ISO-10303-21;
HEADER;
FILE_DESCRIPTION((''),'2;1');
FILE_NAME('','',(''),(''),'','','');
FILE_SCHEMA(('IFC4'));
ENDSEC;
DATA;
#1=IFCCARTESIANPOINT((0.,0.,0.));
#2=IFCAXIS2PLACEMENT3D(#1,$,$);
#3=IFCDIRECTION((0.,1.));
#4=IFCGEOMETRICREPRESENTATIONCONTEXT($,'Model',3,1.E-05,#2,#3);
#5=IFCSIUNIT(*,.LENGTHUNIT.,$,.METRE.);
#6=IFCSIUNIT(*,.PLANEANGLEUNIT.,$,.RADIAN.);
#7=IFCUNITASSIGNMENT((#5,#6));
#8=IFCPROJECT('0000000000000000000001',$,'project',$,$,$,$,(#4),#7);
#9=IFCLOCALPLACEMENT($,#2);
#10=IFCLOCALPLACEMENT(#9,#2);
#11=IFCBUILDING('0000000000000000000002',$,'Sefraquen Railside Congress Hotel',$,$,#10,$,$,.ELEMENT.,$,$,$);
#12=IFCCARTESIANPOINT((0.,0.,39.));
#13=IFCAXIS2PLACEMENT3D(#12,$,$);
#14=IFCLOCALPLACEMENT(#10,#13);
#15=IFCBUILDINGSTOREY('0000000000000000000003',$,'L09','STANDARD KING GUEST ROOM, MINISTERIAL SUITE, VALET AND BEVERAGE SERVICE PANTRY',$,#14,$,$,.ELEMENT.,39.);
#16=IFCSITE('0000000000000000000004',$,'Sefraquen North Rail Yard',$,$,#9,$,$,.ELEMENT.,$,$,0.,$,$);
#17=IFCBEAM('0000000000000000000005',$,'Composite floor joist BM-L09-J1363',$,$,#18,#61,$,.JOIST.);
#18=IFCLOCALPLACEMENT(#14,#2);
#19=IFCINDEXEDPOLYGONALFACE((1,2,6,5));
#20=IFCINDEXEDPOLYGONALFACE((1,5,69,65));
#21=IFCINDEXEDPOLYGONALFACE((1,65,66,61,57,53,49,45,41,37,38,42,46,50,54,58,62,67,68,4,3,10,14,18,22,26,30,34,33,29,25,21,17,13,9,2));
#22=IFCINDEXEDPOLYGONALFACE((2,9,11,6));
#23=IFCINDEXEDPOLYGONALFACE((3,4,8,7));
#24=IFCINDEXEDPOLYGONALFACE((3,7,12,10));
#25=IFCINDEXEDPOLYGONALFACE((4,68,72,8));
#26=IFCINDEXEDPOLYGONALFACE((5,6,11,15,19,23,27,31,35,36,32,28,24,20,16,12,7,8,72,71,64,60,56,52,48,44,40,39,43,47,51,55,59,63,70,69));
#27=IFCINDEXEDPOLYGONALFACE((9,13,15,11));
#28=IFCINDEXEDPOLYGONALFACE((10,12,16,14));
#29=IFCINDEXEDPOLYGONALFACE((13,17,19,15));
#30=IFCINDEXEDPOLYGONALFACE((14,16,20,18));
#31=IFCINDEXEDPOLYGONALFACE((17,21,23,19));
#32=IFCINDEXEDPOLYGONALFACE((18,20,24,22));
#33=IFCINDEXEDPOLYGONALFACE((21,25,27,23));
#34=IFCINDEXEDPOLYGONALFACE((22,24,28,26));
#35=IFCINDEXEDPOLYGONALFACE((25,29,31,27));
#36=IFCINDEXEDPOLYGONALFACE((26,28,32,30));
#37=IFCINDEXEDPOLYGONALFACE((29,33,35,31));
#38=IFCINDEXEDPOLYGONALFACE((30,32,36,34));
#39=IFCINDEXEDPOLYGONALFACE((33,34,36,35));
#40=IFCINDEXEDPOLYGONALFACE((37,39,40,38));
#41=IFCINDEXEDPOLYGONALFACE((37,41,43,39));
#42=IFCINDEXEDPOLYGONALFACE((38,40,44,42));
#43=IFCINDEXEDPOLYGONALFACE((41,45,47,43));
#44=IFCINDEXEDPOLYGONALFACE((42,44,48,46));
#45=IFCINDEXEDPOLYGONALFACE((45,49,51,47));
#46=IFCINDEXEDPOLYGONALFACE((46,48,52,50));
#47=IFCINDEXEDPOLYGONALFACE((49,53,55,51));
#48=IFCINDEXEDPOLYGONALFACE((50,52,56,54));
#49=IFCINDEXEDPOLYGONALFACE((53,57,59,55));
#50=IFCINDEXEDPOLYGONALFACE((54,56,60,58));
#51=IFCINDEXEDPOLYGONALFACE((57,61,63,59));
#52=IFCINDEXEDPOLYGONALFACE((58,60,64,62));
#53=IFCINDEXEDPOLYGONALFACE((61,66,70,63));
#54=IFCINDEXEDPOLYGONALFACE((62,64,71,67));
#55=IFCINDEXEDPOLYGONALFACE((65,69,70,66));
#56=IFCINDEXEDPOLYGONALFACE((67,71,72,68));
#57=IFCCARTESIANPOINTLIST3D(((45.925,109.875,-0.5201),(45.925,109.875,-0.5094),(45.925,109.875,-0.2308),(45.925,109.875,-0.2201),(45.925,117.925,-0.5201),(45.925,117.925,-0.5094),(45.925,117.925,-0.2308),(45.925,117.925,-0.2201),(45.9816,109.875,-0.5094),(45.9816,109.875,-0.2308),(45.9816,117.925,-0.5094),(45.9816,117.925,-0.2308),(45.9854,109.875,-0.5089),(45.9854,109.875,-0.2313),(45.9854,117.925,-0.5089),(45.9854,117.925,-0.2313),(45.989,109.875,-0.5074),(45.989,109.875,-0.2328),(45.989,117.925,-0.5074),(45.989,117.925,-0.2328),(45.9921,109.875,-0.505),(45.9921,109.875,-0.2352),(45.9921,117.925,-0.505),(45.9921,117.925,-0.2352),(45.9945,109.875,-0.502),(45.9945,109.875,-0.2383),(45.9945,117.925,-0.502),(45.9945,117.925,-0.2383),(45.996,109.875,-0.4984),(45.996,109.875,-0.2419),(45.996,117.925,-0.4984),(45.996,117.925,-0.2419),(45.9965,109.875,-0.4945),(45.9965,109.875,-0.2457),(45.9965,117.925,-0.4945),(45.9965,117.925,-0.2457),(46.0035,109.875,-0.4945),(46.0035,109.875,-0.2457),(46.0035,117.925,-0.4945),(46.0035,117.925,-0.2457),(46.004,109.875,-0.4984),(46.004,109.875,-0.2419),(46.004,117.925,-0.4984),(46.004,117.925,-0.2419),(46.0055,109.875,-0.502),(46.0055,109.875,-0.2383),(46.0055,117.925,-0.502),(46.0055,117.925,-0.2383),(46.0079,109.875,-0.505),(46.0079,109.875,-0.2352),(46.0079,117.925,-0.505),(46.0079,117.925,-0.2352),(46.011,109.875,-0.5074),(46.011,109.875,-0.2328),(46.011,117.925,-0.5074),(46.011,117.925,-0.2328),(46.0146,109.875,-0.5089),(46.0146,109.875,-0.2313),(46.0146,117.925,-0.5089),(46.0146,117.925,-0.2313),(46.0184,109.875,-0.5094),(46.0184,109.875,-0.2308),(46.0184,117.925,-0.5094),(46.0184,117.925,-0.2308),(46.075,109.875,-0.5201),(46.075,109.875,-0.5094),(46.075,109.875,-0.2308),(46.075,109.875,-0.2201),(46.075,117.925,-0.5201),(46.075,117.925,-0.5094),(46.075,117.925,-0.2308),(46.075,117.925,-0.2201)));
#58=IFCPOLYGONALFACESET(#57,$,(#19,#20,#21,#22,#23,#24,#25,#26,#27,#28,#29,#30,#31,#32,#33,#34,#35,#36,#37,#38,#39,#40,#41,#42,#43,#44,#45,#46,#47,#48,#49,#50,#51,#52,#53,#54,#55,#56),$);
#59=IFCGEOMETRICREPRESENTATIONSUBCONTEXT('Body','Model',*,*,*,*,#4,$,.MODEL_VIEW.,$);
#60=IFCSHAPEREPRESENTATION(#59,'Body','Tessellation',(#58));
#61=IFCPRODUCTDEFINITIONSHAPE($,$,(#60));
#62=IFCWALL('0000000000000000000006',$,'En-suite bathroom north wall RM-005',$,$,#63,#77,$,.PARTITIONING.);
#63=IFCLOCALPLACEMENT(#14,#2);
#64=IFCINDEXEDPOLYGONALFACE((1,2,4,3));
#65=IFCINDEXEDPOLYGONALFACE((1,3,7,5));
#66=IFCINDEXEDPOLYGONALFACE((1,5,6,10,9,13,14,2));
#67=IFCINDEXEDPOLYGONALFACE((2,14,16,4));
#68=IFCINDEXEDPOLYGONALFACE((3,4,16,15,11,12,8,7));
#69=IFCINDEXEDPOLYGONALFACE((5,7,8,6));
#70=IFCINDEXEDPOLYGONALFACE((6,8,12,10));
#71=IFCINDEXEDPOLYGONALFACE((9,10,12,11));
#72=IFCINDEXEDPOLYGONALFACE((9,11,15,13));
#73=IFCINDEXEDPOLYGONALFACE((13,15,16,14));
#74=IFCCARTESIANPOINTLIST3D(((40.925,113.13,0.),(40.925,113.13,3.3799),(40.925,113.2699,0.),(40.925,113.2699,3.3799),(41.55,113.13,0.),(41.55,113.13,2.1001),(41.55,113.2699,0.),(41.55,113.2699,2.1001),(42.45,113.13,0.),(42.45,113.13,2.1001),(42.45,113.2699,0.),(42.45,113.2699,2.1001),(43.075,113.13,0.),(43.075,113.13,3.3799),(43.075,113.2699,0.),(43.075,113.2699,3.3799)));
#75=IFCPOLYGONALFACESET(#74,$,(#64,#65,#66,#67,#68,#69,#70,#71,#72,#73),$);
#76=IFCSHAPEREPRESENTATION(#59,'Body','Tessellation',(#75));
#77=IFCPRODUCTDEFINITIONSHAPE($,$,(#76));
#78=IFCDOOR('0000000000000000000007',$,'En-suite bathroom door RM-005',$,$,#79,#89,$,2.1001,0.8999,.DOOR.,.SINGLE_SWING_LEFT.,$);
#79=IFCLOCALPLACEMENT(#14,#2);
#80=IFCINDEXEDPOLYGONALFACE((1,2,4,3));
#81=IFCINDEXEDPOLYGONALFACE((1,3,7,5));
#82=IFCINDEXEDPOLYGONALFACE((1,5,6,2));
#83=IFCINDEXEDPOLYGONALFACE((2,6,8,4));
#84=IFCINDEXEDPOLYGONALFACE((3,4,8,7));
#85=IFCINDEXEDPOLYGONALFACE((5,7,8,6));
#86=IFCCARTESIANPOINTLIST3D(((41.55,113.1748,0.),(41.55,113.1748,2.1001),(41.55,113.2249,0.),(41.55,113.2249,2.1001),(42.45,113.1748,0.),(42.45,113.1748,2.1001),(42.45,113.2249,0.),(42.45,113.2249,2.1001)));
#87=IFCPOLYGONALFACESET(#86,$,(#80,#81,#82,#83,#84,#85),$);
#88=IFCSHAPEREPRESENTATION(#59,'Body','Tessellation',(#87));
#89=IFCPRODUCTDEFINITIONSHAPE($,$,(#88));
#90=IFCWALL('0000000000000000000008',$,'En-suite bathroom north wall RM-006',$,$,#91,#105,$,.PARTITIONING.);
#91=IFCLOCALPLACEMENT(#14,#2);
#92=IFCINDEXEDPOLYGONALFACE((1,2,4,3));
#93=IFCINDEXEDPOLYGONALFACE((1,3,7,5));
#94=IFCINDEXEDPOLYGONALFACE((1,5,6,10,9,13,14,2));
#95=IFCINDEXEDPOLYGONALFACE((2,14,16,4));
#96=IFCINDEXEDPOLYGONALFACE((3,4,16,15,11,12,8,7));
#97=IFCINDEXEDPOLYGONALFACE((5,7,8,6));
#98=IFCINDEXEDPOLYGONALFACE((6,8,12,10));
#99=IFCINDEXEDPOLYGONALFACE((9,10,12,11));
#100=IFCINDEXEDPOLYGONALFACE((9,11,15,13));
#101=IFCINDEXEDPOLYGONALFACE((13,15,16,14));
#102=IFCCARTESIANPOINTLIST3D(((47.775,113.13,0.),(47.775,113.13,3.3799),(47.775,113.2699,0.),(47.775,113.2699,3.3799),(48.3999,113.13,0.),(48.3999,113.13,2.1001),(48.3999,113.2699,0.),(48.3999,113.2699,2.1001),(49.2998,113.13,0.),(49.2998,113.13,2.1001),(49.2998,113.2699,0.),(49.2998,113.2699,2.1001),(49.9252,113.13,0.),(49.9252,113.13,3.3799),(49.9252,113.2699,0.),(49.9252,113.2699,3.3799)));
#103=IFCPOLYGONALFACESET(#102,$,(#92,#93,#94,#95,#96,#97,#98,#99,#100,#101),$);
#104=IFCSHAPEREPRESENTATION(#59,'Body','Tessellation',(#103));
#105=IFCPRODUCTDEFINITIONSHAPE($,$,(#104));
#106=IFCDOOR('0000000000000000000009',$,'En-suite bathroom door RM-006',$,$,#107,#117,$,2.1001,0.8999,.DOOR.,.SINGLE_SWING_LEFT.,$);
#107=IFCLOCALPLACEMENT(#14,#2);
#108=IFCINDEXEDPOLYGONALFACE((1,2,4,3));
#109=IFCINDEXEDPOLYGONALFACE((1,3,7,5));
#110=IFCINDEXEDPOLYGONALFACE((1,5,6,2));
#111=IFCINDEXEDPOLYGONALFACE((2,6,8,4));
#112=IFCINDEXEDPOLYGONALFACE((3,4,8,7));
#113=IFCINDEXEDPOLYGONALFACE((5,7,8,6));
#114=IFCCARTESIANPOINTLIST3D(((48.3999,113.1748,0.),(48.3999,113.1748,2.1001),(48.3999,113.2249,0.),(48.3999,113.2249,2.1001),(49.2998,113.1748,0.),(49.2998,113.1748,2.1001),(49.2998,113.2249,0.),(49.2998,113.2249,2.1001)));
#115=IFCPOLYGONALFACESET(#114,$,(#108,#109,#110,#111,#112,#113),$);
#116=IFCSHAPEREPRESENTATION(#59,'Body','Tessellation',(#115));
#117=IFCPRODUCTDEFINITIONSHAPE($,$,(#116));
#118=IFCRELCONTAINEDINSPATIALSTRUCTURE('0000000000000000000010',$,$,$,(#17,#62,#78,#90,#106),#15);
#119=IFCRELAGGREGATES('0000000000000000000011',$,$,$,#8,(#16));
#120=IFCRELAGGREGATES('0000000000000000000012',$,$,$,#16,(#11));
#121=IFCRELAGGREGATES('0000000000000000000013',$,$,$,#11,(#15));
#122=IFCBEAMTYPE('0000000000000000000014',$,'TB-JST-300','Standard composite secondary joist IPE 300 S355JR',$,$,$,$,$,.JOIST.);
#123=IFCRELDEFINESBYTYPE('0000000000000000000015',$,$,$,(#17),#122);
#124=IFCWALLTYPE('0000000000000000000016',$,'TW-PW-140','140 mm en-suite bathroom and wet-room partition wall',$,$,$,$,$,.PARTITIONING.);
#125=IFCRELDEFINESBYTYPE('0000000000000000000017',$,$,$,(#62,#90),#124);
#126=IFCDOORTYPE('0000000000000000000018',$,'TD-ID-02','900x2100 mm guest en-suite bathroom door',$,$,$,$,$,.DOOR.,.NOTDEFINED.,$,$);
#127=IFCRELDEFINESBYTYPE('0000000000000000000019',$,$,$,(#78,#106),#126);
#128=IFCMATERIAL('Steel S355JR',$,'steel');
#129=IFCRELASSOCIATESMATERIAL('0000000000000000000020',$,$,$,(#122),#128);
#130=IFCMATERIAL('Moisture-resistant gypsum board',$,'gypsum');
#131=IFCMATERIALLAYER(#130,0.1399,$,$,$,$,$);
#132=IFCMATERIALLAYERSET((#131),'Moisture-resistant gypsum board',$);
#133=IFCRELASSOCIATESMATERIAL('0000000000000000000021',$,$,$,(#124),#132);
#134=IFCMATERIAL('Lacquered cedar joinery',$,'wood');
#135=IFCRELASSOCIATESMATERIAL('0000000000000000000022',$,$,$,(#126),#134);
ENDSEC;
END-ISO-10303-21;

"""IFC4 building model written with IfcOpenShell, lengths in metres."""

from ifc_helpers import new_model, si_unit, direction, frame, frame_2d, origin, origin_2d, place, context, subcontext, project, spatial, rectangle, i_section, extrude, material, layer, layer_set, material_profile, profile_set, type_object, element, fill, save


model = new_model("IFC4")

# Units and contexts
model_context = context("Model", 3, precision=1e-05, world=origin(), true_north=direction((0.0, 1.0)))
body_context = subcontext(model_context, "Body", "Model", "MODEL_VIEW")
ifc_project = project(units=[si_unit("LENGTHUNIT", "METRE"), si_unit("PLANEANGLEUNIT", "RADIAN")], contexts=[model_context])

# Site, building, storey
site_placement = place(None, origin())
site = spatial("IfcSite", under=ifc_project, at=site_placement, Name="Sefraquen North Rail Yard", CompositionType="ELEMENT", RefElevation=0.0)
building_placement = place(site_placement, origin())
building = spatial("IfcBuilding", under=site, at=building_placement, Name="Sefraquen Railside Congress Hotel", CompositionType="ELEMENT")
storey_placement = place(building_placement, frame((0.0, 0.0, 39.0)))
storey = spatial("IfcBuildingStorey", under=building, at=storey_placement, Name="L09", Description="STANDARD KING GUEST ROOM, MINISTERIAL SUITE, VALET AND BEVERAGE SERVICE PANTRY", CompositionType="ELEMENT", Elevation=39.0)

# Shared definitions
ifc_material_1 = material(Name="Steel S355JR", Category="steel")

# Beam
ifc_material_profile_1 = material_profile(ifc_material_1, i_section(OverallWidth=0.1499, OverallDepth=0.3, WebThickness=0.0071, FlangeThickness=0.0107, FilletRadius=0.0149, at=origin_2d()), Name="IPE 300")
ifc_profile_set_1 = profile_set([ifc_material_profile_1], Name="Steel S355JR")
beam_type_1 = type_object("IfcBeamType", Name="TB-JST-300", Description="Standard composite secondary joist IPE 300 S355JR", PredefinedType="JOIST", material=ifc_profile_set_1)
for number, where, z_axis, x_axis, name in (
    (1, (46.0, 109.875, -0.3701), (0.0, 1.0, 0.0), (-1.0, 0.0, 0.0), "Composite floor joist BM-L09-J1363"),
):
    element("IfcBeam", number, at=place(storey_placement, frame(where, z_axis=z_axis, x_axis=x_axis)), inside=storey, type_object=beam_type_1, Name=name, PredefinedType="JOIST", context=body_context, shape_type="SweptSolid", body=[
        extrude(i_section(OverallWidth=0.1499, OverallDepth=0.3, WebThickness=0.0071, FlangeThickness=0.0107, FilletRadius=0.0149, at=origin_2d()), origin(), (0.0, 0.0, 1.0), 8.05),
    ])

# Walls, openings, doors
ifc_material_2 = material(Name="Moisture-resistant gypsum board", Category="gypsum")
ifc_layer = layer(ifc_material_2, 0.1399)
ifc_layer_set = layer_set([ifc_layer], Name="Moisture-resistant gypsum board")
wall_type = type_object("IfcWallType", Name="TW-PW-140", Description="140 mm en-suite bathroom and wet-room partition wall", PredefinedType="PARTITIONING", material=ifc_layer_set)
ifc_material_3 = material(Name="Lacquered cedar joinery", Category="wood")
wall_1_placement = place(storey_placement, frame((40.925, 113.2, 0.0), z_axis=(0.0, 0.0, 1.0), x_axis=(1.0, 0.0, 0.0)))
wall_1 = element("IfcWall", 2, at=wall_1_placement, inside=storey, type_object=wall_type, Name="En-suite bathroom north wall RM-005", PredefinedType="PARTITIONING", context=body_context, shape_type="SweptSolid", body=[
    extrude(rectangle(XDim=2.1499, YDim=0.1399, at=frame_2d((1.075, 0.0))), origin(), (0.0, 0.0, 1.0), 3.3799),
])
opening_1_placement = place(wall_1_placement, frame((0.625, 0.0, 0.0)))
opening_1 = element("IfcOpeningElement", 3, at=opening_1_placement, cuts=wall_1, PredefinedType="OPENING", context=body_context, shape_type="SweptSolid", body=[
    extrude(rectangle(XDim=0.8999, YDim=2.1001, at=frame_2d((0.45, 1.05))), frame((0.0, 0.0798, 0.0), z_axis=(0.0, -1.0, 0.0), x_axis=(1.0, 0.0, 0.0)), (0.0, 0.0, 1.0), 0.1599),
])
door_type_1 = type_object("IfcDoorType", Name="TD-ID-02", Description="900x2100 mm guest en-suite bathroom door", OperationType="NOTDEFINED", PredefinedType="DOOR", material=ifc_material_3)
door_1_placement = place(opening_1_placement, origin())
door_1 = element("IfcDoor", 4, at=door_1_placement, inside=storey, type_object=door_type_1, Name="En-suite bathroom door RM-005", OperationType="SINGLE_SWING_LEFT", OverallHeight=2.1001, OverallWidth=0.8999, PredefinedType="DOOR", context=body_context, shape_type="SweptSolid", body=[
    extrude(rectangle(XDim=0.8999, YDim=2.1001, at=frame_2d((0.45, 1.05))), frame((0.0, 0.0249, 0.0), z_axis=(0.0, -1.0, 0.0), x_axis=(1.0, 0.0, 0.0)), (0.0, 0.0, 1.0), 0.05),
])
fill(opening_1, door_1)
wall_2_placement = place(storey_placement, frame((47.7749, 113.2, 0.0), z_axis=(0.0, 0.0, 1.0), x_axis=(1.0, 0.0, 0.0)))
wall_2 = element("IfcWall", 5, at=wall_2_placement, inside=storey, type_object=wall_type, Name="En-suite bathroom north wall RM-006", PredefinedType="PARTITIONING", context=body_context, shape_type="SweptSolid", body=[
    extrude(rectangle(XDim=2.1501, YDim=0.1399, at=frame_2d((1.0752, 0.0))), origin(), (0.0, 0.0, 1.0), 3.3799),
])
opening_2_placement = place(wall_2_placement, frame((0.625, 0.0, 0.0)))
opening_2 = element("IfcOpeningElement", 6, at=opening_2_placement, cuts=wall_2, PredefinedType="OPENING", context=body_context, shape_type="SweptSolid", body=[
    extrude(rectangle(XDim=0.8999, YDim=2.1001, at=frame_2d((0.45, 1.05))), frame((0.0, 0.0798, 0.0), z_axis=(0.0, -1.0, 0.0), x_axis=(1.0, 0.0, 0.0)), (0.0, 0.0, 1.0), 0.1599),
])
door_2_placement = place(opening_2_placement, origin())
door_2 = element("IfcDoor", 7, at=door_2_placement, inside=storey, type_object=door_type_1, Name="En-suite bathroom door RM-006", OperationType="SINGLE_SWING_LEFT", OverallHeight=2.1001, OverallWidth=0.8999, PredefinedType="DOOR", context=body_context, shape_type="SweptSolid", body=[
    extrude(rectangle(XDim=0.8999, YDim=2.1001, at=frame_2d((0.45, 1.05))), frame((0.0, 0.0249, 0.0), z_axis=(0.0, -1.0, 0.0), x_axis=(1.0, 0.0, 0.0)), (0.0, 0.0, 1.0), 0.05),
])
fill(opening_2, door_2)

save(model, "model.ifc")
